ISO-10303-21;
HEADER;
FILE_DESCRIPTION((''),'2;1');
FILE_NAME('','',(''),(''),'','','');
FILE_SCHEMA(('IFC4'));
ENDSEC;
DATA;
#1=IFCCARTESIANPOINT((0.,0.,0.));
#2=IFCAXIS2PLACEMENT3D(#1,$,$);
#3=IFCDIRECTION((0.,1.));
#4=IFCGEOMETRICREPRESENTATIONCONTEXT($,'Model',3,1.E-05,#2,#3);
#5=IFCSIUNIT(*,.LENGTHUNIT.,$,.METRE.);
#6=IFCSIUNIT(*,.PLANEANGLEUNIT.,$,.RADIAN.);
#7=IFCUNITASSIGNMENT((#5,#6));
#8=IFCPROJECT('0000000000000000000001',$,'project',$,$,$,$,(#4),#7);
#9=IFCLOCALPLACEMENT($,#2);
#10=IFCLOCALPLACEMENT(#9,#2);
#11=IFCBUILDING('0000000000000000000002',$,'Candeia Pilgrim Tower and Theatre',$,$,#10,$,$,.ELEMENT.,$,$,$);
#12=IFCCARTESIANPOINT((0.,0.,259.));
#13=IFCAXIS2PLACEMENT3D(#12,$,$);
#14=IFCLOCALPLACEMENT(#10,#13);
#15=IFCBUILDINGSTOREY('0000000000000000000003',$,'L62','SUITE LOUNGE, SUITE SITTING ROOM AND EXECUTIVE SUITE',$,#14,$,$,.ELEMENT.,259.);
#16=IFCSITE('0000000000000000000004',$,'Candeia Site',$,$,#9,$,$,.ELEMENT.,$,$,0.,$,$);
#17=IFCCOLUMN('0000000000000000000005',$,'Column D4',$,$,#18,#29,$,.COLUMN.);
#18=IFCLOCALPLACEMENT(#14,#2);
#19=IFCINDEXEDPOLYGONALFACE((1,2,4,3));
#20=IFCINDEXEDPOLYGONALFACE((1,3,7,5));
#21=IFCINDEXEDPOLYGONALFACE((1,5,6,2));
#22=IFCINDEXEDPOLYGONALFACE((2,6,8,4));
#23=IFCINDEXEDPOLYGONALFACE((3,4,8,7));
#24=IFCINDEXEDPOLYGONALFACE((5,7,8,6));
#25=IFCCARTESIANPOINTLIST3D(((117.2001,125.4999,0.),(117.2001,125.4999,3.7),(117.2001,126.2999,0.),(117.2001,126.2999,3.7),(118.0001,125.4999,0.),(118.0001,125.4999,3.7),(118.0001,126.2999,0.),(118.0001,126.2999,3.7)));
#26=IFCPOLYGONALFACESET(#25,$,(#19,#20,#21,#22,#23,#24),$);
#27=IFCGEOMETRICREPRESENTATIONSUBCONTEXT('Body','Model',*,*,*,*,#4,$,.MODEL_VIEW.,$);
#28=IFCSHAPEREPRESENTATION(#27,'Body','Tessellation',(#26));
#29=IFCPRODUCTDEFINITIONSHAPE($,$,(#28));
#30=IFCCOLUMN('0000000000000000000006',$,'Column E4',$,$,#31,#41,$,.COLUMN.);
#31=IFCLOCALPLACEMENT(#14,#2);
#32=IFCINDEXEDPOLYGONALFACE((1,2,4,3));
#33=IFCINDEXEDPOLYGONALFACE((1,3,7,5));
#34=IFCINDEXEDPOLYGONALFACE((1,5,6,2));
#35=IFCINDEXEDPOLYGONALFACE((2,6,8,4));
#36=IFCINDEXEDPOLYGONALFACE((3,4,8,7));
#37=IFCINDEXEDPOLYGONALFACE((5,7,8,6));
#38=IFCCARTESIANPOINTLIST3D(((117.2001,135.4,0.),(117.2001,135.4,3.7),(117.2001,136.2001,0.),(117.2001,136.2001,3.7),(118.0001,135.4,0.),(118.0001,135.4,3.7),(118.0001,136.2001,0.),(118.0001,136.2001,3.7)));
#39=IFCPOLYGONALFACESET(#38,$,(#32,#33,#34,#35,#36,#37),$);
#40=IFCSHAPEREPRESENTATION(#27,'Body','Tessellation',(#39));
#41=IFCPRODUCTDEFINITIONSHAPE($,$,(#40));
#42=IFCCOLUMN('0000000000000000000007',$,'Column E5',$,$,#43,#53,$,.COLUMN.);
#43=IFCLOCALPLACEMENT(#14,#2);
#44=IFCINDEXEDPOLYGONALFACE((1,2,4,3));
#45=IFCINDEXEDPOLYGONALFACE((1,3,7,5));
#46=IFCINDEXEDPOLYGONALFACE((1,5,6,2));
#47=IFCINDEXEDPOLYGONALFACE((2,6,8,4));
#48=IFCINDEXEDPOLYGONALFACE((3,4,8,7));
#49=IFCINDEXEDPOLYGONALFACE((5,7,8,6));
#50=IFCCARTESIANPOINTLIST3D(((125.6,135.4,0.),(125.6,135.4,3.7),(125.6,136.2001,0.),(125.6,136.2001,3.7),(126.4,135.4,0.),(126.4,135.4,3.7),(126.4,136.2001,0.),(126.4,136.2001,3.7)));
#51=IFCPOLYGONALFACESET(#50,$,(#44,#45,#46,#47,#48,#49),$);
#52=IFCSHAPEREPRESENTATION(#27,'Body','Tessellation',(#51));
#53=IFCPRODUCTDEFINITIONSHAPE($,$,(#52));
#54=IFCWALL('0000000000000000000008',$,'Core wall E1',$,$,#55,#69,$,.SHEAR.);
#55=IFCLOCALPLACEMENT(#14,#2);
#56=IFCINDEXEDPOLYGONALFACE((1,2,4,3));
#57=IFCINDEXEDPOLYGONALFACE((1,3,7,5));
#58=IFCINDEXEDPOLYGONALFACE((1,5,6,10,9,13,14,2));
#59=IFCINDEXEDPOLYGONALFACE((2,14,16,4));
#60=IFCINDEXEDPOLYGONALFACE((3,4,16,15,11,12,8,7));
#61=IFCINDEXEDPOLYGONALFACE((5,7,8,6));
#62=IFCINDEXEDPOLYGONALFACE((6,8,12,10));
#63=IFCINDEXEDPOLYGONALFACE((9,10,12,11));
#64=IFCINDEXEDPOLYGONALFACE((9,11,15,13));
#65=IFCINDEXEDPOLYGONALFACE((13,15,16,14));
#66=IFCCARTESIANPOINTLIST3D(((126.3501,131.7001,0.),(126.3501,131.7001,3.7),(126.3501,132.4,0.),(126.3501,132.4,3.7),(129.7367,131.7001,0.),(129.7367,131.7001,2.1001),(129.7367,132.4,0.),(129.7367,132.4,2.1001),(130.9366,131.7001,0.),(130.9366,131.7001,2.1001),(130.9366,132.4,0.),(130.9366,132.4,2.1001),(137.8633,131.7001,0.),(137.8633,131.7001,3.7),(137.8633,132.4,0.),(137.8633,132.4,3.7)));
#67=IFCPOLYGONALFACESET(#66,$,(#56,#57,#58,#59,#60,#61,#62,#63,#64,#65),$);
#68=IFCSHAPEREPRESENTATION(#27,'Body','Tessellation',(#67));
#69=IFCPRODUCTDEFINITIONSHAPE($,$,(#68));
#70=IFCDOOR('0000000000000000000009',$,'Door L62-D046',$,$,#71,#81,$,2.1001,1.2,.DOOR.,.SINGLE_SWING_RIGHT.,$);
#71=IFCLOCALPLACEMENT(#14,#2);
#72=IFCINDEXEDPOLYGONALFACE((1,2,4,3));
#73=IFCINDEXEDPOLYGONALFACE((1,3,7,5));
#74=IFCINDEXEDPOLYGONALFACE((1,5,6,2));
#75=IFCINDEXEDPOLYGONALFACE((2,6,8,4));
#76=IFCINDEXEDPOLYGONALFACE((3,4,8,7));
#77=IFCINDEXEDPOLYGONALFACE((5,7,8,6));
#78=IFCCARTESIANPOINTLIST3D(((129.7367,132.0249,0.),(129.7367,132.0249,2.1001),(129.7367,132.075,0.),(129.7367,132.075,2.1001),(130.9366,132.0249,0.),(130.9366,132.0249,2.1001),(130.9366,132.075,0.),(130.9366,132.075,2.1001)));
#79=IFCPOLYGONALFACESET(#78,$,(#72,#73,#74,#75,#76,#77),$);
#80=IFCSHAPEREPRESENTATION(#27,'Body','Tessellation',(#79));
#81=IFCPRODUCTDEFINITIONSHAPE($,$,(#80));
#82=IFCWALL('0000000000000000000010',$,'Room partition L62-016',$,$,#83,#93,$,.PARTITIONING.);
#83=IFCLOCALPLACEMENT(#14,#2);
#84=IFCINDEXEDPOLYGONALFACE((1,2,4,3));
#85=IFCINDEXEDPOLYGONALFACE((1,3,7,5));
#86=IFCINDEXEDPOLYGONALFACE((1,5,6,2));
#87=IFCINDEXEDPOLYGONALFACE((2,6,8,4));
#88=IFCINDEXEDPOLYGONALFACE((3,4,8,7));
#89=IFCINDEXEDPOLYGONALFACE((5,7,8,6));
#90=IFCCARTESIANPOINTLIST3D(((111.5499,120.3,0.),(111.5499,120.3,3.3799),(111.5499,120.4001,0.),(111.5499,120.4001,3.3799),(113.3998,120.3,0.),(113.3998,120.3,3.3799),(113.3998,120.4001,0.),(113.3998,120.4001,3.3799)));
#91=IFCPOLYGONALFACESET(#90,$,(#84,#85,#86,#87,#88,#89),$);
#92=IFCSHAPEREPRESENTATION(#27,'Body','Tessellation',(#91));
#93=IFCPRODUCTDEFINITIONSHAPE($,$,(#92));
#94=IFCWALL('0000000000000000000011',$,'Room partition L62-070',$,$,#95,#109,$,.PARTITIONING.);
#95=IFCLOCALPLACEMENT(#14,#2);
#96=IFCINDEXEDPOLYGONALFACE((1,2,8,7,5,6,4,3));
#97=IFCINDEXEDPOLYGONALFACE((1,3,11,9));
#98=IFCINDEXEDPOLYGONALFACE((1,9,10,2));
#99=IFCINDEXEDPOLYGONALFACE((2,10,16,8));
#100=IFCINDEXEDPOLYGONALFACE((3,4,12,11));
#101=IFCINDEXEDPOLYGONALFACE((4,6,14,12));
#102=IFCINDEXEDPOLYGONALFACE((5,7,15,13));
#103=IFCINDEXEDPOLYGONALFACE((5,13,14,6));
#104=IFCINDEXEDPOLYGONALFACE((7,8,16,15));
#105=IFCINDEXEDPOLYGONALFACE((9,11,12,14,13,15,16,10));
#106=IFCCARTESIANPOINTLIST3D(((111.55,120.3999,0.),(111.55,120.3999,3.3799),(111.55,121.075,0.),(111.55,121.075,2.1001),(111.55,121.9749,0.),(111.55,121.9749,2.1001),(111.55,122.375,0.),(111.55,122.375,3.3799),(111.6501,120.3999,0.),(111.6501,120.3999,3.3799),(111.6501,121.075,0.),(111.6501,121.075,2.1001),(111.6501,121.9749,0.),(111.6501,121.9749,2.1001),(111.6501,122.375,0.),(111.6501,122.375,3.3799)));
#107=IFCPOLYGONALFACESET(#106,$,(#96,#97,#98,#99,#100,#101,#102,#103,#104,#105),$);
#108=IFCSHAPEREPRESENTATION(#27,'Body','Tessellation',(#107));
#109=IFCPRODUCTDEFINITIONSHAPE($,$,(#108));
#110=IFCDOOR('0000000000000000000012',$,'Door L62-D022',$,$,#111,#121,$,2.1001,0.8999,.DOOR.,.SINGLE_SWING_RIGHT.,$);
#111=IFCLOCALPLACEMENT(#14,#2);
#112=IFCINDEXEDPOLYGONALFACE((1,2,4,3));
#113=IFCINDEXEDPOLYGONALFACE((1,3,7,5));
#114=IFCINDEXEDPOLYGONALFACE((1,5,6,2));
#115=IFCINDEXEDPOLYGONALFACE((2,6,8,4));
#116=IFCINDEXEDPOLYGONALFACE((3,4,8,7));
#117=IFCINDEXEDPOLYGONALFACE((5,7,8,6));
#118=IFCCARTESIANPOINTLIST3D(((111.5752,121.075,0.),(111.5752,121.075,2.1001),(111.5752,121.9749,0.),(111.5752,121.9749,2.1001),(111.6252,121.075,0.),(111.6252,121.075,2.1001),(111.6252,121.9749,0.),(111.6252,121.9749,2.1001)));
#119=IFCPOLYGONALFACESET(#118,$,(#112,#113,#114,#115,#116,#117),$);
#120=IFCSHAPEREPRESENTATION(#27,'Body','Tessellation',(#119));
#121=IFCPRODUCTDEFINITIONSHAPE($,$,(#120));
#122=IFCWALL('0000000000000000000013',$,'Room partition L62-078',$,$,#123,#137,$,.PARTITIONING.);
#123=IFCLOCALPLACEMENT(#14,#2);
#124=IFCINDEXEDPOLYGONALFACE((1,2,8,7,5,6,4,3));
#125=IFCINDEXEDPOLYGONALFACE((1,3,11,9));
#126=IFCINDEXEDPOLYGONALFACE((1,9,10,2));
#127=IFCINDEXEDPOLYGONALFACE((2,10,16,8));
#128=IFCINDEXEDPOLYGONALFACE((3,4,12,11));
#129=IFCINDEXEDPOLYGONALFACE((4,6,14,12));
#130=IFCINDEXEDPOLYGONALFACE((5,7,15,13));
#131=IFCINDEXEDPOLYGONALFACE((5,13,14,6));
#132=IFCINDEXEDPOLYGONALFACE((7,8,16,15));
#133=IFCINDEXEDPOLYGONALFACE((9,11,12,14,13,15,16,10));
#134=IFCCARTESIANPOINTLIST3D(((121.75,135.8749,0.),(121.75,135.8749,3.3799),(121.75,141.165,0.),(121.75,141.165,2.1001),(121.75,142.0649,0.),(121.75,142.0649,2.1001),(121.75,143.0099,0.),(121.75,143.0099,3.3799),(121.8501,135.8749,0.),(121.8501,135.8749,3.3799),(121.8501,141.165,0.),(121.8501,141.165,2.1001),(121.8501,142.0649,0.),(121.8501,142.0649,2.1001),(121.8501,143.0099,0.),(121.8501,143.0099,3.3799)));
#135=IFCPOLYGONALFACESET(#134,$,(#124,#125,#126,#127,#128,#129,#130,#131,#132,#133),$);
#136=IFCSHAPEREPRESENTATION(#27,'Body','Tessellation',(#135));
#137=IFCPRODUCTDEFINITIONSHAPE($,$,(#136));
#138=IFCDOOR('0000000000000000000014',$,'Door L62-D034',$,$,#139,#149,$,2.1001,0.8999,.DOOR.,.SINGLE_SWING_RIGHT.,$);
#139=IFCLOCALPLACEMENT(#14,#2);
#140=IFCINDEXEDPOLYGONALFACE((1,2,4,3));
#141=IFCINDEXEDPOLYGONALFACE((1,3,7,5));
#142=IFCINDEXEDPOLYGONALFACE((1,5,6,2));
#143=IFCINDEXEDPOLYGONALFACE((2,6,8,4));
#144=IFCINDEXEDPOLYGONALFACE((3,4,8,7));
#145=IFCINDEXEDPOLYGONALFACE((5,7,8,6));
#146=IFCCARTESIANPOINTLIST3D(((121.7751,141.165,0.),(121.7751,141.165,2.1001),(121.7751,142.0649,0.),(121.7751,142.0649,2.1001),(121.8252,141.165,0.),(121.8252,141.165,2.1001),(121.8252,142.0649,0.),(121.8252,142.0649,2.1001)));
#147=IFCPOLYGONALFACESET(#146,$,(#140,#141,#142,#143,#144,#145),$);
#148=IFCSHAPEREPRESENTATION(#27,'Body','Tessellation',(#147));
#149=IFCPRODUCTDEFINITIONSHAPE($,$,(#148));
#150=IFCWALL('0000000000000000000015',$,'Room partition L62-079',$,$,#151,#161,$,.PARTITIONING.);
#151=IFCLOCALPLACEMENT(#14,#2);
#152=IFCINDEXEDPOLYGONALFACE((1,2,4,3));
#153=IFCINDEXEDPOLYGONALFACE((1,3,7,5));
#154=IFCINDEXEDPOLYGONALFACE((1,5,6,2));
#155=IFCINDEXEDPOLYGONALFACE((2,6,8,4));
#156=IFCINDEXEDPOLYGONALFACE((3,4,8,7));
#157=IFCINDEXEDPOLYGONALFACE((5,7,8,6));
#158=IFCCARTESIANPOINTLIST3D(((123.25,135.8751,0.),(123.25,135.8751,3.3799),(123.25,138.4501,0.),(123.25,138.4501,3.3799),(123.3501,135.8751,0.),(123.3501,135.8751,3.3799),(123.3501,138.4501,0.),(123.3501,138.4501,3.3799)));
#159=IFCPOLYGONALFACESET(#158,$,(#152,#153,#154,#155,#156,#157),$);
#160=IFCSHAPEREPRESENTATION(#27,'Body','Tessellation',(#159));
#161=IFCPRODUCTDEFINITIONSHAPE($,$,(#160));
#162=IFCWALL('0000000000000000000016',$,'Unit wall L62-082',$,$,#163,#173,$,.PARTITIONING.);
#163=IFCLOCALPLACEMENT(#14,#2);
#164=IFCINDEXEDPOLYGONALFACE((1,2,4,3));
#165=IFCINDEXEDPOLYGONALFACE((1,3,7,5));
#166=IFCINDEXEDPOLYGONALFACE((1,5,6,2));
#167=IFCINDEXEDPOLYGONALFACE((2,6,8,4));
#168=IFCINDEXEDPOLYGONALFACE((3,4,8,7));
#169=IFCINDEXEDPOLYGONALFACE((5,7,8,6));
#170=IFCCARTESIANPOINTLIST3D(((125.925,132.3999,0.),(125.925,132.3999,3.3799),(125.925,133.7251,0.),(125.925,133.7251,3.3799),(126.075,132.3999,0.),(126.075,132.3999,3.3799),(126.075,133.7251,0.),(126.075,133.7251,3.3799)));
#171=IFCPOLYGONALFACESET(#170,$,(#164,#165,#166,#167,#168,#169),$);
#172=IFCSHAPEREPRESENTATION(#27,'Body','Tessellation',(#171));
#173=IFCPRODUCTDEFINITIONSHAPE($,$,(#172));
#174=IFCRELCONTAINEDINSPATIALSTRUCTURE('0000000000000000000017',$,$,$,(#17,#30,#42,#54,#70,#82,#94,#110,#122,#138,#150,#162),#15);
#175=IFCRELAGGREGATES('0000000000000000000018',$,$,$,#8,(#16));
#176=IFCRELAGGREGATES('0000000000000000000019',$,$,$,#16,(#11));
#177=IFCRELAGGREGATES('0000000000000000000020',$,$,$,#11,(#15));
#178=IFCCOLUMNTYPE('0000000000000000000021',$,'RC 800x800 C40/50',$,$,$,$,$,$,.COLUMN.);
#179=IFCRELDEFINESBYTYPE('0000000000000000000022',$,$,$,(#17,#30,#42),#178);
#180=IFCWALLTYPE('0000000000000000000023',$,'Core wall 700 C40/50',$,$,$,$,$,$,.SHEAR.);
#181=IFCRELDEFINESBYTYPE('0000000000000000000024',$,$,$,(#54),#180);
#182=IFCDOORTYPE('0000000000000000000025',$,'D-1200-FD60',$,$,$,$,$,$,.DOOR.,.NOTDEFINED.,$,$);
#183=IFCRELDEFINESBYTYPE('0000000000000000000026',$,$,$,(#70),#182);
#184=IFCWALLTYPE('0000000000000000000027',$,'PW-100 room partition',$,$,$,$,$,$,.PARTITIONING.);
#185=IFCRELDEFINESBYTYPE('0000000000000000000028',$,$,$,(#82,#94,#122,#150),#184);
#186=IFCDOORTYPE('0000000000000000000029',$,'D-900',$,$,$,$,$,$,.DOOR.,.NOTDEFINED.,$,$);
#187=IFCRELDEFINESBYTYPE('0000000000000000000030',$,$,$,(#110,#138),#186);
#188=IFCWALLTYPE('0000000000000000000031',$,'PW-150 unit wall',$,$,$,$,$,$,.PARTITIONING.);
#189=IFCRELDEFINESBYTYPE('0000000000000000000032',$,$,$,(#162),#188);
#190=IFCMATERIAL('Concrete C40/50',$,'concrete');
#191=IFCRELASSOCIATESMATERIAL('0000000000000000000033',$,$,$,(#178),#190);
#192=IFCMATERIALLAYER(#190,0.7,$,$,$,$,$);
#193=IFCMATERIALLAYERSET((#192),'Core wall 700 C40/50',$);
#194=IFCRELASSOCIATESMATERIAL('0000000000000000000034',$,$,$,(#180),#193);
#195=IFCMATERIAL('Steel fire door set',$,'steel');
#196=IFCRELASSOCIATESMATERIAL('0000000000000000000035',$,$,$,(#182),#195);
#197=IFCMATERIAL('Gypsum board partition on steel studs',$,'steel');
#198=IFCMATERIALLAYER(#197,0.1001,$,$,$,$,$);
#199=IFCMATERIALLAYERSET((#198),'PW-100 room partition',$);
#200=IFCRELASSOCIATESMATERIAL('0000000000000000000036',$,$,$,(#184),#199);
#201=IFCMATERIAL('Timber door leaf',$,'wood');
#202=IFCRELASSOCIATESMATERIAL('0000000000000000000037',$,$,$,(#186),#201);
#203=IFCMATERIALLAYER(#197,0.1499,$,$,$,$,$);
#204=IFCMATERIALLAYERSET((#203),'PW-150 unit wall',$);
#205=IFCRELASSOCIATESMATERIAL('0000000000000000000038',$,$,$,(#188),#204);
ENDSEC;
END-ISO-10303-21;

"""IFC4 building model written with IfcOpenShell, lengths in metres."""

from ifc_helpers import new_model, si_unit, direction, frame, frame_2d, origin, origin_2d, place, context, subcontext, project, spatial, rectangle, extrude, material, layer, layer_set, material_profile, profile_set, type_object, element, fill, save


model = new_model("IFC4")

# Units and contexts
model_context = context("Model", 3, precision=1e-05, world=origin(), true_north=direction((0.0, 1.0)))
body_context = subcontext(model_context, "Body", "Model", "MODEL_VIEW")
ifc_project = project(units=[si_unit("LENGTHUNIT", "METRE"), si_unit("PLANEANGLEUNIT", "RADIAN")], contexts=[model_context])

# Site, building, storey
site_placement = place(None, origin())
site = spatial("IfcSite", under=ifc_project, at=site_placement, Name="Candeia Site", CompositionType="ELEMENT", RefElevation=0.0)
building_placement = place(site_placement, origin())
building = spatial("IfcBuilding", under=site, at=building_placement, Name="Candeia Pilgrim Tower and Theatre", CompositionType="ELEMENT")
storey_placement = place(building_placement, frame((0.0, 0.0, 259.0)))
storey = spatial("IfcBuildingStorey", under=building, at=storey_placement, Name="L62", Description="SUITE LOUNGE, SUITE SITTING ROOM AND EXECUTIVE SUITE", CompositionType="ELEMENT", Elevation=259.0)

# Columns
ifc_material_1 = material(Name="Concrete C40/50", Category="concrete")
ifc_material_profile = material_profile(ifc_material_1, rectangle(XDim=0.8, YDim=0.8, at=origin_2d()))
ifc_profile_set = profile_set([ifc_material_profile], Name="Concrete C40/50")
column_type = type_object("IfcColumnType", Name="RC 800x800 C40/50", PredefinedType="COLUMN", material=ifc_profile_set)
for number, where, z_axis, x_axis, name in (
    (1, (117.6001, 125.8999, 0.0), (0.0, 0.0, 1.0), (1.0, 0.0, 0.0), "Column D4"),
    (2, (117.6001, 135.8, 0.0), (0.0, 0.0, 1.0), (1.0, 0.0, 0.0), "Column E4"),
    (3, (126.0, 135.8, 0.0), (0.0, 0.0, 1.0), (1.0, 0.0, 0.0), "Column E5"),
):
    element("IfcColumn", number, at=place(storey_placement, frame(where, z_axis=z_axis, x_axis=x_axis)), inside=storey, type_object=column_type, Name=name, PredefinedType="COLUMN", context=body_context, shape_type="SweptSolid", body=[
        extrude(rectangle(XDim=0.8, YDim=0.8, at=origin_2d()), origin(), (0.0, 0.0, 1.0), 3.7),
    ])

# Wall, opening, door
ifc_layer_1 = layer(ifc_material_1, 0.7)
ifc_layer_set_1 = layer_set([ifc_layer_1], Name="Core wall 700 C40/50")
wall_type_1 = type_object("IfcWallType", Name="Core wall 700 C40/50", PredefinedType="SHEAR", material=ifc_layer_set_1)
wall_1_placement = place(storey_placement, frame((126.3501, 132.05, 0.0), z_axis=(0.0, 0.0, 1.0), x_axis=(1.0, 0.0, 0.0)))
wall_1 = element("IfcWall", 4, at=wall_1_placement, inside=storey, type_object=wall_type_1, Name="Core wall E1", PredefinedType="SHEAR", context=body_context, shape_type="SweptSolid", body=[
    extrude(rectangle(XDim=11.5132, YDim=0.7, at=frame_2d((5.7566, 0.0))), origin(), (0.0, 0.0, 1.0), 3.7),
])
opening_1_placement = place(wall_1_placement, frame((3.3865, 0.0, 0.0)))
opening_1 = element("IfcOpeningElement", 5, at=opening_1_placement, cuts=wall_1, PredefinedType="OPENING", context=body_context, shape_type="SweptSolid", body=[
    extrude(rectangle(XDim=1.2, YDim=2.1001, at=frame_2d((0.6001, 1.05))), frame((0.0, 0.3599, 0.0), z_axis=(0.0, -1.0, 0.0), x_axis=(1.0, 0.0, 0.0)), (0.0, 0.0, 1.0), 0.72),
])
ifc_material_2 = material(Name="Steel fire door set", Category="steel")
door_type_1 = type_object("IfcDoorType", Name="D-1200-FD60", OperationType="NOTDEFINED", PredefinedType="DOOR", material=ifc_material_2)
door_1_placement = place(opening_1_placement, origin())
door_1 = element("IfcDoor", 6, at=door_1_placement, inside=storey, type_object=door_type_1, Name="Door L62-D046", OperationType="SINGLE_SWING_RIGHT", OverallHeight=2.1001, OverallWidth=1.2, PredefinedType="DOOR", context=body_context, shape_type="SweptSolid", body=[
    extrude(rectangle(XDim=1.2, YDim=2.1001, at=frame_2d((0.6001, 1.05))), frame((0.0, 0.0249, 0.0), z_axis=(0.0, -1.0, 0.0), x_axis=(1.0, 0.0, 0.0)), (0.0, 0.0, 1.0), 0.05),
])
fill(opening_1, door_1)

# Wall
ifc_material_3 = material(Name="Gypsum board partition on steel studs", Category="steel")
ifc_layer_2 = layer(ifc_material_3, 0.1001)
ifc_layer_set_2 = layer_set([ifc_layer_2], Name="PW-100 room partition")
wall_type_2 = type_object("IfcWallType", Name="PW-100 room partition", PredefinedType="PARTITIONING", material=ifc_layer_set_2)
wall_2_placement = place(storey_placement, frame((111.55, 120.3501, 0.0), z_axis=(0.0, 0.0, 1.0), x_axis=(1.0, 0.0, 0.0)))
element("IfcWall", 7, at=wall_2_placement, inside=storey, type_object=wall_type_2, Name="Room partition L62-016", PredefinedType="PARTITIONING", context=body_context, shape_type="SweptSolid", body=[
    extrude(rectangle(XDim=1.8499, YDim=0.1001, at=frame_2d((0.9248, 0.0))), origin(), (0.0, 0.0, 1.0), 3.3799),
])

# Walls, openings, doors
wall_3_placement = place(storey_placement, frame((111.6001, 120.3999, 0.0), z_axis=(0.0, 0.0, 1.0), x_axis=(0.0, 1.0, 0.0)))
wall_3 = element("IfcWall", 8, at=wall_3_placement, inside=storey, type_object=wall_type_2, Name="Room partition L62-070", PredefinedType="PARTITIONING", context=body_context, shape_type="SweptSolid", body=[
    extrude(rectangle(XDim=1.9751, YDim=0.1001, at=frame_2d((0.9875, 0.0))), origin(), (0.0, 0.0, 1.0), 3.3799),
])
opening_2_placement = place(wall_3_placement, frame((0.675, 0.0, 0.0)))
opening_2 = element("IfcOpeningElement", 9, at=opening_2_placement, cuts=wall_3, PredefinedType="OPENING", context=body_context, shape_type="SweptSolid", body=[
    extrude(rectangle(XDim=0.8999, YDim=2.1001, at=frame_2d((0.45, 1.05))), frame((0.0, 0.0601, 0.0), z_axis=(0.0, -1.0, 0.0), x_axis=(1.0, 0.0, 0.0)), (0.0, 0.0, 1.0), 0.1201),
])
ifc_material_4 = material(Name="Timber door leaf", Category="wood")
door_type_2 = type_object("IfcDoorType", Name="D-900", OperationType="NOTDEFINED", PredefinedType="DOOR", material=ifc_material_4)
door_2_placement = place(opening_2_placement, origin())
door_2 = element("IfcDoor", 10, at=door_2_placement, inside=storey, type_object=door_type_2, Name="Door L62-D022", OperationType="SINGLE_SWING_RIGHT", OverallHeight=2.1001, OverallWidth=0.8999, PredefinedType="DOOR", context=body_context, shape_type="SweptSolid", body=[
    extrude(rectangle(XDim=0.8999, YDim=2.1001, at=frame_2d((0.45, 1.05))), frame((0.0, 0.0249, 0.0), z_axis=(0.0, -1.0, 0.0), x_axis=(1.0, 0.0, 0.0)), (0.0, 0.0, 1.0), 0.05),
])
fill(opening_2, door_2)
wall_4_placement = place(storey_placement, frame((121.8, 135.875, 0.0), z_axis=(0.0, 0.0, 1.0), x_axis=(0.0, 1.0, 0.0)))
wall_4 = element("IfcWall", 11, at=wall_4_placement, inside=storey, type_object=wall_type_2, Name="Room partition L62-078", PredefinedType="PARTITIONING", context=body_context, shape_type="SweptSolid", body=[
    extrude(rectangle(XDim=7.135, YDim=0.1001, at=frame_2d((3.5674, 0.0))), origin(), (0.0, 0.0, 1.0), 3.3799),
])
opening_3_placement = place(wall_4_placement, frame((5.29, 0.0, 0.0)))
opening_3 = element("IfcOpeningElement", 12, at=opening_3_placement, cuts=wall_4, PredefinedType="OPENING", context=body_context, shape_type="SweptSolid", body=[
    extrude(rectangle(XDim=0.8999, YDim=2.1001, at=frame_2d((0.45, 1.05))), frame((0.0, 0.0601, 0.0), z_axis=(0.0, -1.0, 0.0), x_axis=(1.0, 0.0, 0.0)), (0.0, 0.0, 1.0), 0.1201),
])
door_3_placement = place(opening_3_placement, origin())
door_3 = element("IfcDoor", 13, at=door_3_placement, inside=storey, type_object=door_type_2, Name="Door L62-D034", OperationType="SINGLE_SWING_RIGHT", OverallHeight=2.1001, OverallWidth=0.8999, PredefinedType="DOOR", context=body_context, shape_type="SweptSolid", body=[
    extrude(rectangle(XDim=0.8999, YDim=2.1001, at=frame_2d((0.45, 1.05))), frame((0.0, 0.0249, 0.0), z_axis=(0.0, -1.0, 0.0), x_axis=(1.0, 0.0, 0.0)), (0.0, 0.0, 1.0), 0.05),
])
fill(opening_3, door_3)

# Walls
wall_5_placement = place(storey_placement, frame((123.3, 135.875, 0.0), z_axis=(0.0, 0.0, 1.0), x_axis=(0.0, 1.0, 0.0)))
element("IfcWall", 14, at=wall_5_placement, inside=storey, type_object=wall_type_2, Name="Room partition L62-079", PredefinedType="PARTITIONING", context=body_context, shape_type="SweptSolid", body=[
    extrude(rectangle(XDim=2.575, YDim=0.1001, at=frame_2d((1.2876, 0.0))), origin(), (0.0, 0.0, 1.0), 3.3799),
])
ifc_layer_3 = layer(ifc_material_3, 0.1499)
ifc_layer_set_3 = layer_set([ifc_layer_3], Name="PW-150 unit wall")
wall_type_3 = type_object("IfcWallType", Name="PW-150 unit wall", PredefinedType="PARTITIONING", material=ifc_layer_set_3)
wall_6_placement = place(storey_placement, frame((126.0, 132.3999, 0.0), z_axis=(0.0, 0.0, 1.0), x_axis=(0.0, 1.0, 0.0)))
element("IfcWall", 15, at=wall_6_placement, inside=storey, type_object=wall_type_3, Name="Unit wall L62-082", PredefinedType="PARTITIONING", context=body_context, shape_type="SweptSolid", body=[
    extrude(rectangle(XDim=1.3252, YDim=0.1499, at=frame_2d((0.6626, 0.0))), origin(), (0.0, 0.0, 1.0), 3.3799),
])

save(model, "model.ifc")
